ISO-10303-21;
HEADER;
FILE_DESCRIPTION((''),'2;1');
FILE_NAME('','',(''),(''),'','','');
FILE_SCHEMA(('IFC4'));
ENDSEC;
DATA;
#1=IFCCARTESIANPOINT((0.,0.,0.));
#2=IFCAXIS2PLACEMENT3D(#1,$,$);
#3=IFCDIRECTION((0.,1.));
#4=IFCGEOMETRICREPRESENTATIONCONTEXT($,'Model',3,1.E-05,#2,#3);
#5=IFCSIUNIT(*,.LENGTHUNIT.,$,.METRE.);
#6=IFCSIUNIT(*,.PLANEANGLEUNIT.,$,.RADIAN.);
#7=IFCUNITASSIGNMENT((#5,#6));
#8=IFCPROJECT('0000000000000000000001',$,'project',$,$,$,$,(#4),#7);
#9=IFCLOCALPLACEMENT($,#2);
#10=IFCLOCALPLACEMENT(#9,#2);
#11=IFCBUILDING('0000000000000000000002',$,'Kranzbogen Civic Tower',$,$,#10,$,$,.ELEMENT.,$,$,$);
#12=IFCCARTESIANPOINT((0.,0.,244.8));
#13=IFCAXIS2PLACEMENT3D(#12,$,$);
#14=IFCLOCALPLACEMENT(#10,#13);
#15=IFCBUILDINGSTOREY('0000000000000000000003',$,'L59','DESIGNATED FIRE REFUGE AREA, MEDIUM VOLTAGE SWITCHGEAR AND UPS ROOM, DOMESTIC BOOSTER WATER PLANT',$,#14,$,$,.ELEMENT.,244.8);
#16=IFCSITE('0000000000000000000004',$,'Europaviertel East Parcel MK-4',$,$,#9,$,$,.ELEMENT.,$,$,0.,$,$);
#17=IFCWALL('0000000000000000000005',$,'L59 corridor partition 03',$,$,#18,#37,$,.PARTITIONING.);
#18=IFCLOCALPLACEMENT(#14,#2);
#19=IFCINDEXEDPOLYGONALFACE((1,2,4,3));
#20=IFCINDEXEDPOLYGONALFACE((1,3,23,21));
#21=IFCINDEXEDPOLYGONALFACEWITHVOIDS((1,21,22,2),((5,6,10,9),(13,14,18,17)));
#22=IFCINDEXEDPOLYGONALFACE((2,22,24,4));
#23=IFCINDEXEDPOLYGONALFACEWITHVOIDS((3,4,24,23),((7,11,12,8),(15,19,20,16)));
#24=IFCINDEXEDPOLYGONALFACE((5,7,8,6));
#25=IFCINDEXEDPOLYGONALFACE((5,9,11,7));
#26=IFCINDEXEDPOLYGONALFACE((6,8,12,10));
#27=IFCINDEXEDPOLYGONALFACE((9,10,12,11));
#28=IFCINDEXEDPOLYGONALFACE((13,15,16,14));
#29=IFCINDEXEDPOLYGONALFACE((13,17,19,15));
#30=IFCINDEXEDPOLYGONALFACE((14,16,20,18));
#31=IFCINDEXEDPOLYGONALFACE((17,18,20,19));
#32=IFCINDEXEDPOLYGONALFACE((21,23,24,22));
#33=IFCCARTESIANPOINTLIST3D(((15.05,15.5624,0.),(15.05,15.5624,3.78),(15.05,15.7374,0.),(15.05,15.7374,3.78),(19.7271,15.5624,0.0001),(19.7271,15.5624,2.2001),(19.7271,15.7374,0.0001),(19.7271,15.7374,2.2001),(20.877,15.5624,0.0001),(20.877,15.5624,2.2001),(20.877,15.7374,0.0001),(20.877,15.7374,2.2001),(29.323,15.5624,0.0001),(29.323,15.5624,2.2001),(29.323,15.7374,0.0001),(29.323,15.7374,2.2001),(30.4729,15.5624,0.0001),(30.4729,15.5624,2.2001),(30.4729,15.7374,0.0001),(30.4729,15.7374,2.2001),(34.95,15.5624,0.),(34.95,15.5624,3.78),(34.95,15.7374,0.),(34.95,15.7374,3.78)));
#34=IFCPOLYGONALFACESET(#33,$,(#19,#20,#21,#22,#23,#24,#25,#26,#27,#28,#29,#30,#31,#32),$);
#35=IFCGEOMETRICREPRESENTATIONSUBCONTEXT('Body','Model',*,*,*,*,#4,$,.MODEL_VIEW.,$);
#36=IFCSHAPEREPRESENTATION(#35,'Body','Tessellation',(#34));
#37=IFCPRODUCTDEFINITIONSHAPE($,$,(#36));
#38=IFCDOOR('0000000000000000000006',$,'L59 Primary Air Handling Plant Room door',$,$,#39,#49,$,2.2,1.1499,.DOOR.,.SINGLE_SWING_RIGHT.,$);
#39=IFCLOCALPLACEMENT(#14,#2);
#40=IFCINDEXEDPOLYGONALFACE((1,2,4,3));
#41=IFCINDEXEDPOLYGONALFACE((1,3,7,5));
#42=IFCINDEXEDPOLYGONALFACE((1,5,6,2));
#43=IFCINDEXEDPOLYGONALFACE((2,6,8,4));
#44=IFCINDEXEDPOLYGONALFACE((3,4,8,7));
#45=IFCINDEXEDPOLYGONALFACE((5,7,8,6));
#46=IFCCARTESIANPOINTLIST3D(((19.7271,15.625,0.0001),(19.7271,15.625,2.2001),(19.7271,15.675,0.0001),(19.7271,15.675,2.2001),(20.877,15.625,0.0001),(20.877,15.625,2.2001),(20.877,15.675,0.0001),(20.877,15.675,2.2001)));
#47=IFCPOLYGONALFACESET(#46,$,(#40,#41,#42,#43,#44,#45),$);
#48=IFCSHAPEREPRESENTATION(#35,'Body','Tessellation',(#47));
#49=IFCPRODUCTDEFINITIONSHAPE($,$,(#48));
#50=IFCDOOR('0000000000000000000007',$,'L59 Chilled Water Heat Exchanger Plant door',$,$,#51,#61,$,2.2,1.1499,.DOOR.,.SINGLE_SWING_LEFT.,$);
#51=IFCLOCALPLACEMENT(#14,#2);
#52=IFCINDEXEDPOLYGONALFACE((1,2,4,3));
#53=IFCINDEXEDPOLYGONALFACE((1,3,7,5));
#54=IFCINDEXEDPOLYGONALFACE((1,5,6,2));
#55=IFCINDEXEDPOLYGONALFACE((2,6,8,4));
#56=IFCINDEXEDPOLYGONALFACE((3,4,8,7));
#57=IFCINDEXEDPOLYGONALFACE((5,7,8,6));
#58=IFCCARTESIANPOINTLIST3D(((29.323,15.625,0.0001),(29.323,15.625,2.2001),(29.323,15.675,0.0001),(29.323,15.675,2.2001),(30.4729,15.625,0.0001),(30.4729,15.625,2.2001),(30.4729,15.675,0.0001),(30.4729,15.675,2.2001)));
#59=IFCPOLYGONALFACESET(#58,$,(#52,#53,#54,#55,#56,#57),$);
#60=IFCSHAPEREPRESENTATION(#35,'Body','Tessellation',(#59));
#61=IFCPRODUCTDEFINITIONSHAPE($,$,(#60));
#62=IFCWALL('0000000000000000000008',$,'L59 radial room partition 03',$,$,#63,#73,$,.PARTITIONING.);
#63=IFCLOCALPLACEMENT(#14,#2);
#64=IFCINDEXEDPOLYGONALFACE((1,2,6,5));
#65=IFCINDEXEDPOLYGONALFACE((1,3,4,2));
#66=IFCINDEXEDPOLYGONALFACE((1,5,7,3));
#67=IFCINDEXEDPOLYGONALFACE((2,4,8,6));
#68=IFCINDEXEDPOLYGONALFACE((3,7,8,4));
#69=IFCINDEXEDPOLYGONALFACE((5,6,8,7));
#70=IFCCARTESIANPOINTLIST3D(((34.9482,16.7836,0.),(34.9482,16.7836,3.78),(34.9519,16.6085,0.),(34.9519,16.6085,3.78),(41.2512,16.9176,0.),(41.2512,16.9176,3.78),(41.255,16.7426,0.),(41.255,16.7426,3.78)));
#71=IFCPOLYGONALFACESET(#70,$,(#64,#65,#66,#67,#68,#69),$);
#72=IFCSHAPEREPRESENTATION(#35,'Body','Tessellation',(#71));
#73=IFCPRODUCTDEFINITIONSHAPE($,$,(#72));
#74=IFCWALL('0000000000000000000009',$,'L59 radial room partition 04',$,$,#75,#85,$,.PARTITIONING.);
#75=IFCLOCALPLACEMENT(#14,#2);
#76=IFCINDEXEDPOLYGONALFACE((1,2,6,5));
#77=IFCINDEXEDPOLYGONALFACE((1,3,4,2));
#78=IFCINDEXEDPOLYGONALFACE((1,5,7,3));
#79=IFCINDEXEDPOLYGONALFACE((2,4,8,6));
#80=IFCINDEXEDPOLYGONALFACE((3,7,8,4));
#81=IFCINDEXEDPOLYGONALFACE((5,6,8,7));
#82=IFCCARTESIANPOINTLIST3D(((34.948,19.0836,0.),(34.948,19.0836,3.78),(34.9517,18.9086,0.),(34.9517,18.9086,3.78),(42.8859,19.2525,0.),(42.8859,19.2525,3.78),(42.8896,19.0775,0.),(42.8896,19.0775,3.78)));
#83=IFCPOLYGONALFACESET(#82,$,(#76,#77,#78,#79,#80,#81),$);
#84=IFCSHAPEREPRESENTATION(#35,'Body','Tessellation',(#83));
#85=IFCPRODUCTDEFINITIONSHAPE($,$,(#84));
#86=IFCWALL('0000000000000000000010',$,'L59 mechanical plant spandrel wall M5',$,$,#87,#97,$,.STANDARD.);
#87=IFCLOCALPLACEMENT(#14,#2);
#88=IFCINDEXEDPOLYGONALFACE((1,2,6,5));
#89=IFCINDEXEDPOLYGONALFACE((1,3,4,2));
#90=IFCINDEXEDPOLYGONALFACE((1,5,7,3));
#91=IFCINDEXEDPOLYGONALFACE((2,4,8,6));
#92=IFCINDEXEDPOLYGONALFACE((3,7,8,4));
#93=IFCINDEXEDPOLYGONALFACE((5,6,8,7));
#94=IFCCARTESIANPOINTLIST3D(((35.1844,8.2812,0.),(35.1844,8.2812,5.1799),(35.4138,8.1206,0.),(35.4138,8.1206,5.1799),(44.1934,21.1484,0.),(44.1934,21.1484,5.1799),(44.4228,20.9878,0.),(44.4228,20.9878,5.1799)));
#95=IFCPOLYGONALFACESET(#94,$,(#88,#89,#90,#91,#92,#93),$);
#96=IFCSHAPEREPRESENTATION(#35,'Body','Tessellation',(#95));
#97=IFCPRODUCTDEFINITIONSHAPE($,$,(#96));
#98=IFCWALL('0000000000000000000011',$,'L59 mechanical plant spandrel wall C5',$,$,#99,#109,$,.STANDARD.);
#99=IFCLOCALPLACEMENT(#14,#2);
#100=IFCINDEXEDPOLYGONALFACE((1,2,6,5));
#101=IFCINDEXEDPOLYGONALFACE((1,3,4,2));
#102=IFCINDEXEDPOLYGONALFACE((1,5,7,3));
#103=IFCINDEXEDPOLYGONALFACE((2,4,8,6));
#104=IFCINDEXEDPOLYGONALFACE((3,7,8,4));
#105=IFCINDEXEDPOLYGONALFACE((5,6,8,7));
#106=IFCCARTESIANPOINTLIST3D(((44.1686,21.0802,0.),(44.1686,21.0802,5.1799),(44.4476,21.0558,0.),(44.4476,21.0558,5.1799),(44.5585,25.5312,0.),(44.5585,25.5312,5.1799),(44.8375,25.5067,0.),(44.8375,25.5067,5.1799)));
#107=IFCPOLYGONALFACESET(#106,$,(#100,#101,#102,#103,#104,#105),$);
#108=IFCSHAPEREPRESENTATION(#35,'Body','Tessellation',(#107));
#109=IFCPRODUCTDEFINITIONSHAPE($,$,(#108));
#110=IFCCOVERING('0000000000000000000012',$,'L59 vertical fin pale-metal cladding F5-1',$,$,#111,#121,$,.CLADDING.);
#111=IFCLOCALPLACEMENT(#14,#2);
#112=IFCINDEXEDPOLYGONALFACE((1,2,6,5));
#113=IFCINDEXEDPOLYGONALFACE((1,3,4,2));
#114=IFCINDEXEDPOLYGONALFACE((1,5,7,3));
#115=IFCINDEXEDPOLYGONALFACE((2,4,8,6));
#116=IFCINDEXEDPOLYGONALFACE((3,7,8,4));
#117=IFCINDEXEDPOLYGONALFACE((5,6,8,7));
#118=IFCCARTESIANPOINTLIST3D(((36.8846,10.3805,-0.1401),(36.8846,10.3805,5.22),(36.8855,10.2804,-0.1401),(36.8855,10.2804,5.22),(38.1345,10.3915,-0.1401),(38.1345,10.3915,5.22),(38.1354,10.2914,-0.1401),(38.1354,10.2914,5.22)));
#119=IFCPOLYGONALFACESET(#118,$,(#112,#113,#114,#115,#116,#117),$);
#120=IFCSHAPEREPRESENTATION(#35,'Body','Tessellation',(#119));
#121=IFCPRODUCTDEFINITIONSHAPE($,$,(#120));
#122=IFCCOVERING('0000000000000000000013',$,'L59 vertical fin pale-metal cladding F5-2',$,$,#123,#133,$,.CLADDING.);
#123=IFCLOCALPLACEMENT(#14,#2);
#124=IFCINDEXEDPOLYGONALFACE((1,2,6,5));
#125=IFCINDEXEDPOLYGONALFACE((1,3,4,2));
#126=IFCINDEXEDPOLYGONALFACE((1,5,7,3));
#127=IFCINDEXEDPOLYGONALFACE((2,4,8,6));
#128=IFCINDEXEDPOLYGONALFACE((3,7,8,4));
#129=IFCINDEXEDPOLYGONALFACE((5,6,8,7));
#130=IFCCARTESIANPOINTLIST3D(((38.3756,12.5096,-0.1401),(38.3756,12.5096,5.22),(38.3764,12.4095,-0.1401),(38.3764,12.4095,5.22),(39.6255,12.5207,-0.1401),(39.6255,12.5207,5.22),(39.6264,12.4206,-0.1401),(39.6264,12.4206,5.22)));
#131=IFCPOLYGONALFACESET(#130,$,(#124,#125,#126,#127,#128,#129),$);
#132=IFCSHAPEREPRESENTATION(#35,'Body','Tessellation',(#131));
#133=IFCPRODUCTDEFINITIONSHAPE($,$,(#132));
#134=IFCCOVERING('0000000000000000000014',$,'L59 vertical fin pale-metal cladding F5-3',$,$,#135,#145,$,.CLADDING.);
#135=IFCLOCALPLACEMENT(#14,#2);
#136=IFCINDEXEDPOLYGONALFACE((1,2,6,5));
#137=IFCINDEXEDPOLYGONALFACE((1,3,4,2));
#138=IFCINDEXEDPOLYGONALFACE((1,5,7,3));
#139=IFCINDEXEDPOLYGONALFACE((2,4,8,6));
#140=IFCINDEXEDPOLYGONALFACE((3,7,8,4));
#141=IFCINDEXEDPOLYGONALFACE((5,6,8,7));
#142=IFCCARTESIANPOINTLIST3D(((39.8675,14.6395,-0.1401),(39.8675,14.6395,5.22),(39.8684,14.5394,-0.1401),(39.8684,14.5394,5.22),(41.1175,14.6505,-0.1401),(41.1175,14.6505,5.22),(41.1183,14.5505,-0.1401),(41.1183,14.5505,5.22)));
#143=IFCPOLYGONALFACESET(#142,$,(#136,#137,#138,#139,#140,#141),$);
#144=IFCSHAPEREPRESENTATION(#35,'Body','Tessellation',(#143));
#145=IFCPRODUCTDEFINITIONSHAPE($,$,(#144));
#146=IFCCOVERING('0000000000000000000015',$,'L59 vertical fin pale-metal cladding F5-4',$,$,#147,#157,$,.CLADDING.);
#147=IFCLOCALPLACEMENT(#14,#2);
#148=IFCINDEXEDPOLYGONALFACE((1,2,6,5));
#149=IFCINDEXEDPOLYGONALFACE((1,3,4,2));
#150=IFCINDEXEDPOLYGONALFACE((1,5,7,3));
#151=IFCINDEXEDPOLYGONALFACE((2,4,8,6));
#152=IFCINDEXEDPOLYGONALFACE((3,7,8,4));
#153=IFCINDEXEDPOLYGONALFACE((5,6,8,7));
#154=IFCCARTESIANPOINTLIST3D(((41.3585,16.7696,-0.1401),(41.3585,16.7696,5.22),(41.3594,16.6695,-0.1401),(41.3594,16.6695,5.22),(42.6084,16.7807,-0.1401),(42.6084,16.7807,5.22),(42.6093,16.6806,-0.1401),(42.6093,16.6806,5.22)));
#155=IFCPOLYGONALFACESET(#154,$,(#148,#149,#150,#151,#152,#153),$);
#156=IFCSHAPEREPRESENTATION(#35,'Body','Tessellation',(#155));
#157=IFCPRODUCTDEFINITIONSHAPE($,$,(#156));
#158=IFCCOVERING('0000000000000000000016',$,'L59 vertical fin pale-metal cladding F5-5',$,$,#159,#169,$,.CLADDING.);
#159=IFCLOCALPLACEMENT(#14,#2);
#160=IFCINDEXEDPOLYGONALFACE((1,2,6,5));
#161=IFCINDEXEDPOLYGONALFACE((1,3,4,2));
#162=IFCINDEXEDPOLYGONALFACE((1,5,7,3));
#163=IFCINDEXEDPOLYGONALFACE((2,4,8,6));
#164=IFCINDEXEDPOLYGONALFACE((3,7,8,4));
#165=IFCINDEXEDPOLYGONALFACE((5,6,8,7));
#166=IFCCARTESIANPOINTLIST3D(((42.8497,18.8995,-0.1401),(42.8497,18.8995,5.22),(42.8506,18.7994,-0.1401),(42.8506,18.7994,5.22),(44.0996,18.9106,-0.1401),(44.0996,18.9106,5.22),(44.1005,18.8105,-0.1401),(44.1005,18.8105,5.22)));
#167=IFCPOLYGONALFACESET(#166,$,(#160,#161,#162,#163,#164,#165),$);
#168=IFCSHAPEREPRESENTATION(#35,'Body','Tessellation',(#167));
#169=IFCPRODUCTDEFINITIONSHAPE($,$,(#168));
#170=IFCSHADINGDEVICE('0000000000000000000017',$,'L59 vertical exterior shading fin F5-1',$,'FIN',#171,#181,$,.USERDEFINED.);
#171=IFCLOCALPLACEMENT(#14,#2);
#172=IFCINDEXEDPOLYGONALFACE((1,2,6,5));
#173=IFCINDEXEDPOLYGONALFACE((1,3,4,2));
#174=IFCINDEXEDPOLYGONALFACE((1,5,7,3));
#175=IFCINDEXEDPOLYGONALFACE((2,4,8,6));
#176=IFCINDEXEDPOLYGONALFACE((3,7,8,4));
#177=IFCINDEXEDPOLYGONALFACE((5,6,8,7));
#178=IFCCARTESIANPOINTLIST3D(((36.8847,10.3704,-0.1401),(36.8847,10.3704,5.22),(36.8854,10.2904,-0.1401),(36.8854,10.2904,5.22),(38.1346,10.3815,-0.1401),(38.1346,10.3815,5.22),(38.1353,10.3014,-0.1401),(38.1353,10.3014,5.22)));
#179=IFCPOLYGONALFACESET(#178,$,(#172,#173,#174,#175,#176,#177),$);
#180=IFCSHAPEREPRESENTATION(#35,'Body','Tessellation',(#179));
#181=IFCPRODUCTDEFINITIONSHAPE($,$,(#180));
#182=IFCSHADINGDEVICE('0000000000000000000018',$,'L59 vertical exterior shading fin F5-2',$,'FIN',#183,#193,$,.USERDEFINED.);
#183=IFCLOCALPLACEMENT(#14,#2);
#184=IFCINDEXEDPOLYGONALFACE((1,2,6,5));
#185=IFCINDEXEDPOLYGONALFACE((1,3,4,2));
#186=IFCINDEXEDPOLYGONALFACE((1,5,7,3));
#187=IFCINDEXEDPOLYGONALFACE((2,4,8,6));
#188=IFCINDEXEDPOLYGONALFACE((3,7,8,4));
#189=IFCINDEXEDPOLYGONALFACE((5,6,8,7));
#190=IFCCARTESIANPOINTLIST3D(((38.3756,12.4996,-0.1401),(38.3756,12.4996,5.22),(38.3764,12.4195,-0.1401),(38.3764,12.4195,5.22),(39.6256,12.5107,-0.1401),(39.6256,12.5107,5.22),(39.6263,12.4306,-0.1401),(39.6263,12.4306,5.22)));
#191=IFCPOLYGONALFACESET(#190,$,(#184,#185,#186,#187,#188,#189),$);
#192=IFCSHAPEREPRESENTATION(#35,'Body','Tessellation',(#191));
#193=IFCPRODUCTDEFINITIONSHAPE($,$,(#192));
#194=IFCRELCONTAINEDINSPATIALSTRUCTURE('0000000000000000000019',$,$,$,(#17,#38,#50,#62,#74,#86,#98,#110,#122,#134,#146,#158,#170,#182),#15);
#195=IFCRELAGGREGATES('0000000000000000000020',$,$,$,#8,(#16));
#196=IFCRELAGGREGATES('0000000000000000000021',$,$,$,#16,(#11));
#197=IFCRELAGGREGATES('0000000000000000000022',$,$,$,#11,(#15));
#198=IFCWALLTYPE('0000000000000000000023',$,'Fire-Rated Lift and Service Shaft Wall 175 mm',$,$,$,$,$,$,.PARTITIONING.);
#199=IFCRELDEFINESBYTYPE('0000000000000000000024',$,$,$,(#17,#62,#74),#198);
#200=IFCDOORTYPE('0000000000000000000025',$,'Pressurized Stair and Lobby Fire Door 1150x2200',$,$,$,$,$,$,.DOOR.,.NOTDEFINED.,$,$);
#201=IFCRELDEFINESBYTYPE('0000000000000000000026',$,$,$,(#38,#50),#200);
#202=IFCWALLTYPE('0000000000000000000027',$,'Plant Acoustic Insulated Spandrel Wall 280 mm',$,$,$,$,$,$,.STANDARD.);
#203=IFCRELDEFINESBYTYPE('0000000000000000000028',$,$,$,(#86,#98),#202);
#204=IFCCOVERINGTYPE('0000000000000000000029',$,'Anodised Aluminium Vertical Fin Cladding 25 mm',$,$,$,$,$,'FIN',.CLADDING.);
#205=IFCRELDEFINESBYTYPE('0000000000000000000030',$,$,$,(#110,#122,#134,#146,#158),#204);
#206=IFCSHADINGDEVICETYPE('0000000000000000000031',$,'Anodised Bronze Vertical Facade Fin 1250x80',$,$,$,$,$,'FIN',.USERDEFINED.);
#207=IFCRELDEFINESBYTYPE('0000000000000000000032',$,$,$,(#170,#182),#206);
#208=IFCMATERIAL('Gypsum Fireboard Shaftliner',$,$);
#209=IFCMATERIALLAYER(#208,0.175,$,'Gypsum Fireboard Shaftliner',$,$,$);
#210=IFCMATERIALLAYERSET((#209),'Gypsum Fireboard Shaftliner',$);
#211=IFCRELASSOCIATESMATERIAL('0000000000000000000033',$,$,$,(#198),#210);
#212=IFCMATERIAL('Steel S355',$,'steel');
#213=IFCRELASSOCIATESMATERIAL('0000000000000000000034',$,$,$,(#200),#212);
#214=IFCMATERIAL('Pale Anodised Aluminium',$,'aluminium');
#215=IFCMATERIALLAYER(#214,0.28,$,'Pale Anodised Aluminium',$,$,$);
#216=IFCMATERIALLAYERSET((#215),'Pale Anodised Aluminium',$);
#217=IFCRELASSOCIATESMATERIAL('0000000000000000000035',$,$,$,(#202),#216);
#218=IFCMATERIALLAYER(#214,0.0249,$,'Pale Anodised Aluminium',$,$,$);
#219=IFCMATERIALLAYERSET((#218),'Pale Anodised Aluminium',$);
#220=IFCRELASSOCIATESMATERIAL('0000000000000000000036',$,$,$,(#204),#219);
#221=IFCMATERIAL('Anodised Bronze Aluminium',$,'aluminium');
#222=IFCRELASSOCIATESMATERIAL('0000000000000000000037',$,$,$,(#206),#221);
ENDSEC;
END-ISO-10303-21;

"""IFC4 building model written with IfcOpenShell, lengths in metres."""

from ifc_helpers import new_model, si_unit, direction, frame, frame_2d, origin, origin_2d, place, context, subcontext, project, spatial, rectangle, extrude, material, layer, layer_set, type_object, element, fill, save


model = new_model("IFC4")

# Units and contexts
model_context = context("Model", 3, precision=1e-05, world=origin(), true_north=direction((0.0, 1.0)))
body_context = subcontext(model_context, "Body", "Model", "MODEL_VIEW")
ifc_project = project(units=[si_unit("LENGTHUNIT", "METRE"), si_unit("PLANEANGLEUNIT", "RADIAN")], contexts=[model_context])

# Site, building, storey
site_placement = place(None, origin())
site = spatial("IfcSite", under=ifc_project, at=site_placement, Name="Europaviertel East Parcel MK-4", CompositionType="ELEMENT", RefElevation=0.0)
building_placement = place(site_placement, origin())
building = spatial("IfcBuilding", under=site, at=building_placement, Name="Kranzbogen Civic Tower", CompositionType="ELEMENT")
storey_placement = place(building_placement, frame((0.0, 0.0, 244.8)))
storey = spatial("IfcBuildingStorey", under=building, at=storey_placement, Name="L59", Description="DESIGNATED FIRE REFUGE AREA, MEDIUM VOLTAGE SWITCHGEAR AND UPS ROOM, DOMESTIC BOOSTER WATER PLANT", CompositionType="ELEMENT", Elevation=244.8)

# Shared definitions
ifc_material_1 = material(Name="Steel S355", Category="steel")

# Wall, openings, doors
ifc_material_2 = material(Name="Gypsum Fireboard Shaftliner")
ifc_layer_1 = layer(ifc_material_2, 0.175, Name="Gypsum Fireboard Shaftliner")
ifc_layer_set_1 = layer_set([ifc_layer_1], Name="Gypsum Fireboard Shaftliner")
wall_type_1 = type_object("IfcWallType", Name="Fire-Rated Lift and Service Shaft Wall 175 mm", PredefinedType="PARTITIONING", material=ifc_layer_set_1)
wall_1_placement = place(storey_placement, frame((34.95, 15.6499, 0.0), z_axis=(0.0, 0.0, 1.0), x_axis=(-1.0, 0.0, 0.0)))
wall_1 = element("IfcWall", 1, at=wall_1_placement, inside=storey, type_object=wall_type_1, Name="L59 corridor partition 03", PredefinedType="PARTITIONING", context=body_context, shape_type="SweptSolid", body=[
    extrude(rectangle(XDim=19.8999, YDim=0.175, at=frame_2d((9.95, 0.0))), origin(), (0.0, 0.0, 1.0), 3.78),
])
opening_1_placement = place(wall_1_placement, frame((14.073, 0.0, 0.0)))
opening_1 = element("IfcOpeningElement", 2, at=opening_1_placement, cuts=wall_1, PredefinedType="OPENING", context=body_context, shape_type="SweptSolid", body=[
    extrude(rectangle(XDim=1.1499, YDim=2.2, at=frame_2d((0.575, 1.1001))), frame((0.0, 0.0977, 0.0), z_axis=(0.0, -1.0, 0.0), x_axis=(1.0, 0.0, 0.0)), (0.0, 0.0, 1.0), 0.1951),
])
opening_2_placement = place(wall_1_placement, frame((4.4771, 0.0, 0.0)))
opening_2 = element("IfcOpeningElement", 3, at=opening_2_placement, cuts=wall_1, PredefinedType="OPENING", context=body_context, shape_type="SweptSolid", body=[
    extrude(rectangle(XDim=1.1499, YDim=2.2, at=frame_2d((0.575, 1.1001))), frame((0.0, 0.0977, 0.0), z_axis=(0.0, -1.0, 0.0), x_axis=(1.0, 0.0, 0.0)), (0.0, 0.0, 1.0), 0.1951),
])
door_type = type_object("IfcDoorType", Name="Pressurized Stair and Lobby Fire Door 1150x2200", OperationType="NOTDEFINED", PredefinedType="DOOR", material=ifc_material_1)
door_1_placement = place(opening_1_placement, origin())
door_1 = element("IfcDoor", 4, at=door_1_placement, inside=storey, type_object=door_type, Name="L59 Primary Air Handling Plant Room door", OperationType="SINGLE_SWING_RIGHT", OverallHeight=2.2, OverallWidth=1.1499, PredefinedType="DOOR", context=body_context, shape_type="SweptSolid", body=[
    extrude(rectangle(XDim=1.1499, YDim=2.2, at=frame_2d((0.575, 1.1001))), frame((0.0, 0.0249, 0.0), z_axis=(0.0, -1.0, 0.0), x_axis=(1.0, 0.0, 0.0)), (0.0, 0.0, 1.0), 0.05),
])
fill(opening_1, door_1)
door_2_placement = place(opening_2_placement, origin())
door_2 = element("IfcDoor", 5, at=door_2_placement, inside=storey, type_object=door_type, Name="L59 Chilled Water Heat Exchanger Plant door", OperationType="SINGLE_SWING_LEFT", OverallHeight=2.2, OverallWidth=1.1499, PredefinedType="DOOR", context=body_context, shape_type="SweptSolid", body=[
    extrude(rectangle(XDim=1.1499, YDim=2.2, at=frame_2d((0.575, 1.1001))), frame((0.0, 0.0249, 0.0), z_axis=(0.0, -1.0, 0.0), x_axis=(1.0, 0.0, 0.0)), (0.0, 0.0, 1.0), 0.05),
])
fill(opening_2, door_2)

# Walls
wall_2_placement = place(storey_placement, frame((34.95, 16.696, 0.0), z_axis=(0.0, 0.0, 1.0), x_axis=(0.999774, 0.02126, 0.0)))
element("IfcWall", 6, at=wall_2_placement, inside=storey, type_object=wall_type_1, Name="L59 radial room partition 03", PredefinedType="PARTITIONING", context=body_context, shape_type="SweptSolid", body=[
    extrude(rectangle(XDim=6.3044, YDim=0.175, at=frame_2d((3.1523, 0.0))), origin(), (0.0, 0.0, 1.0), 3.78),
])
wall_3_placement = place(storey_placement, frame((34.95, 18.9961, 0.0), z_axis=(0.0, 0.0, 1.0), x_axis=(0.999774, 0.021278, 0.0)))
element("IfcWall", 7, at=wall_3_placement, inside=storey, type_object=wall_type_1, Name="L59 radial room partition 04", PredefinedType="PARTITIONING", context=body_context, shape_type="SweptSolid", body=[
    extrude(rectangle(XDim=7.9397, YDim=0.175, at=frame_2d((3.9697, 0.0))), origin(), (0.0, 0.0, 1.0), 3.78),
])
ifc_material_3 = material(Name="Pale Anodised Aluminium", Category="aluminium")
ifc_layer_2 = layer(ifc_material_3, 0.28, Name="Pale Anodised Aluminium")
ifc_layer_set_2 = layer_set([ifc_layer_2], Name="Pale Anodised Aluminium")
wall_type_2 = type_object("IfcWallType", Name="Plant Acoustic Insulated Spandrel Wall 280 mm", PredefinedType="STANDARD", material=ifc_layer_set_2)
wall_4_placement = place(storey_placement, frame((35.2991, 8.2009, 0.0), z_axis=(0.0, 0.0, 1.0), x_axis=(0.573548, 0.819172, 0.0)))
element("IfcWall", 8, at=wall_4_placement, inside=storey, type_object=wall_type_2, Name="L59 mechanical plant spandrel wall M5", PredefinedType="STANDARD", context=body_context, shape_type="SweptSolid", body=[
    extrude(rectangle(XDim=15.7075, YDim=0.28, at=frame_2d((7.8538, 0.0))), origin(), (0.0, 0.0, 1.0), 5.1799),
])
wall_5_placement = place(storey_placement, frame((44.3081, 21.0681, 0.0), z_axis=(0.0, 0.0, 1.0), x_axis=(0.087264, 0.996185, 0.0)))
element("IfcWall", 9, at=wall_5_placement, inside=storey, type_object=wall_type_2, Name="L59 mechanical plant spandrel wall C5", PredefinedType="STANDARD", context=body_context, shape_type="SweptSolid", body=[
    extrude(rectangle(XDim=4.468, YDim=0.28, at=frame_2d((2.2339, 0.0))), origin(), (0.0, 0.0, 1.0), 5.1799),
])

# Coverings
ifc_layer_3 = layer(ifc_material_3, 0.0249, Name="Pale Anodised Aluminium")
ifc_layer_set_3 = layer_set([ifc_layer_3], Name="Pale Anodised Aluminium")
covering_type = type_object("IfcCoveringType", Name="Anodised Aluminium Vertical Fin Cladding 25 mm", ElementType="FIN", PredefinedType="CLADDING", material=ifc_layer_set_3)
for number, where, z_axis, x_axis, name in (
    (10, (37.51, 10.3359, -0.1401), (0.0, 0.0, 1.0), (0.999961, 0.008849, 0.0), "L59 vertical fin pale-metal cladding F5-1"),
    (11, (39.001, 12.4651, -0.1401), (0.0, 0.0, 1.0), (0.999961, 0.008849, 0.0), "L59 vertical fin pale-metal cladding F5-2"),
    (12, (40.4929, 14.595, -0.1401), (0.0, 0.0, 1.0), (0.999961, 0.008849, 0.0), "L59 vertical fin pale-metal cladding F5-3"),
    (13, (41.9839, 16.7251, -0.1401), (0.0, 0.0, 1.0), (0.999961, 0.008849, 0.0), "L59 vertical fin pale-metal cladding F5-4"),
    (14, (43.4751, 18.855, -0.1401), (0.0, 0.0, 1.0), (0.999961, 0.008849, 0.0), "L59 vertical fin pale-metal cladding F5-5"),
):
    element("IfcCovering", number, at=place(storey_placement, frame(where, z_axis=z_axis, x_axis=x_axis)), inside=storey, type_object=covering_type, Name=name, PredefinedType="CLADDING", context=body_context, shape_type="SweptSolid", body=[
        extrude(rectangle(XDim=1.25, YDim=0.1001, at=origin_2d()), origin(), (0.0, 0.0, 1.0), 5.3601),
    ])

# Shading devices
ifc_material_4 = material(Name="Anodised Bronze Aluminium", Category="aluminium")
shading_device_type_1 = type_object("IfcShadingDeviceType", Name="Anodised Bronze Vertical Facade Fin 1250x80", ElementType="FIN", PredefinedType="USERDEFINED", material=ifc_material_4)
for number, where, z_axis, x_axis, name in (
    (15, (37.51, 10.3359, -0.1401), (0.0, 0.0, 1.0), (0.999961, 0.008849, 0.0), "L59 vertical exterior shading fin F5-1"),
    (16, (39.001, 12.4651, -0.1401), (0.0, 0.0, 1.0), (0.999961, 0.008849, 0.0), "L59 vertical exterior shading fin F5-2"),
):
    element("IfcShadingDevice", number, at=place(storey_placement, frame(where, z_axis=z_axis, x_axis=x_axis)), inside=storey, type_object=shading_device_type_1, Name=name, ObjectType="FIN", PredefinedType="USERDEFINED", context=body_context, shape_type="SweptSolid", body=[
        extrude(rectangle(XDim=1.25, YDim=0.0801, at=origin_2d()), origin(), (0.0, 0.0, 1.0), 5.3601),
    ])

save(model, "model.ifc")
